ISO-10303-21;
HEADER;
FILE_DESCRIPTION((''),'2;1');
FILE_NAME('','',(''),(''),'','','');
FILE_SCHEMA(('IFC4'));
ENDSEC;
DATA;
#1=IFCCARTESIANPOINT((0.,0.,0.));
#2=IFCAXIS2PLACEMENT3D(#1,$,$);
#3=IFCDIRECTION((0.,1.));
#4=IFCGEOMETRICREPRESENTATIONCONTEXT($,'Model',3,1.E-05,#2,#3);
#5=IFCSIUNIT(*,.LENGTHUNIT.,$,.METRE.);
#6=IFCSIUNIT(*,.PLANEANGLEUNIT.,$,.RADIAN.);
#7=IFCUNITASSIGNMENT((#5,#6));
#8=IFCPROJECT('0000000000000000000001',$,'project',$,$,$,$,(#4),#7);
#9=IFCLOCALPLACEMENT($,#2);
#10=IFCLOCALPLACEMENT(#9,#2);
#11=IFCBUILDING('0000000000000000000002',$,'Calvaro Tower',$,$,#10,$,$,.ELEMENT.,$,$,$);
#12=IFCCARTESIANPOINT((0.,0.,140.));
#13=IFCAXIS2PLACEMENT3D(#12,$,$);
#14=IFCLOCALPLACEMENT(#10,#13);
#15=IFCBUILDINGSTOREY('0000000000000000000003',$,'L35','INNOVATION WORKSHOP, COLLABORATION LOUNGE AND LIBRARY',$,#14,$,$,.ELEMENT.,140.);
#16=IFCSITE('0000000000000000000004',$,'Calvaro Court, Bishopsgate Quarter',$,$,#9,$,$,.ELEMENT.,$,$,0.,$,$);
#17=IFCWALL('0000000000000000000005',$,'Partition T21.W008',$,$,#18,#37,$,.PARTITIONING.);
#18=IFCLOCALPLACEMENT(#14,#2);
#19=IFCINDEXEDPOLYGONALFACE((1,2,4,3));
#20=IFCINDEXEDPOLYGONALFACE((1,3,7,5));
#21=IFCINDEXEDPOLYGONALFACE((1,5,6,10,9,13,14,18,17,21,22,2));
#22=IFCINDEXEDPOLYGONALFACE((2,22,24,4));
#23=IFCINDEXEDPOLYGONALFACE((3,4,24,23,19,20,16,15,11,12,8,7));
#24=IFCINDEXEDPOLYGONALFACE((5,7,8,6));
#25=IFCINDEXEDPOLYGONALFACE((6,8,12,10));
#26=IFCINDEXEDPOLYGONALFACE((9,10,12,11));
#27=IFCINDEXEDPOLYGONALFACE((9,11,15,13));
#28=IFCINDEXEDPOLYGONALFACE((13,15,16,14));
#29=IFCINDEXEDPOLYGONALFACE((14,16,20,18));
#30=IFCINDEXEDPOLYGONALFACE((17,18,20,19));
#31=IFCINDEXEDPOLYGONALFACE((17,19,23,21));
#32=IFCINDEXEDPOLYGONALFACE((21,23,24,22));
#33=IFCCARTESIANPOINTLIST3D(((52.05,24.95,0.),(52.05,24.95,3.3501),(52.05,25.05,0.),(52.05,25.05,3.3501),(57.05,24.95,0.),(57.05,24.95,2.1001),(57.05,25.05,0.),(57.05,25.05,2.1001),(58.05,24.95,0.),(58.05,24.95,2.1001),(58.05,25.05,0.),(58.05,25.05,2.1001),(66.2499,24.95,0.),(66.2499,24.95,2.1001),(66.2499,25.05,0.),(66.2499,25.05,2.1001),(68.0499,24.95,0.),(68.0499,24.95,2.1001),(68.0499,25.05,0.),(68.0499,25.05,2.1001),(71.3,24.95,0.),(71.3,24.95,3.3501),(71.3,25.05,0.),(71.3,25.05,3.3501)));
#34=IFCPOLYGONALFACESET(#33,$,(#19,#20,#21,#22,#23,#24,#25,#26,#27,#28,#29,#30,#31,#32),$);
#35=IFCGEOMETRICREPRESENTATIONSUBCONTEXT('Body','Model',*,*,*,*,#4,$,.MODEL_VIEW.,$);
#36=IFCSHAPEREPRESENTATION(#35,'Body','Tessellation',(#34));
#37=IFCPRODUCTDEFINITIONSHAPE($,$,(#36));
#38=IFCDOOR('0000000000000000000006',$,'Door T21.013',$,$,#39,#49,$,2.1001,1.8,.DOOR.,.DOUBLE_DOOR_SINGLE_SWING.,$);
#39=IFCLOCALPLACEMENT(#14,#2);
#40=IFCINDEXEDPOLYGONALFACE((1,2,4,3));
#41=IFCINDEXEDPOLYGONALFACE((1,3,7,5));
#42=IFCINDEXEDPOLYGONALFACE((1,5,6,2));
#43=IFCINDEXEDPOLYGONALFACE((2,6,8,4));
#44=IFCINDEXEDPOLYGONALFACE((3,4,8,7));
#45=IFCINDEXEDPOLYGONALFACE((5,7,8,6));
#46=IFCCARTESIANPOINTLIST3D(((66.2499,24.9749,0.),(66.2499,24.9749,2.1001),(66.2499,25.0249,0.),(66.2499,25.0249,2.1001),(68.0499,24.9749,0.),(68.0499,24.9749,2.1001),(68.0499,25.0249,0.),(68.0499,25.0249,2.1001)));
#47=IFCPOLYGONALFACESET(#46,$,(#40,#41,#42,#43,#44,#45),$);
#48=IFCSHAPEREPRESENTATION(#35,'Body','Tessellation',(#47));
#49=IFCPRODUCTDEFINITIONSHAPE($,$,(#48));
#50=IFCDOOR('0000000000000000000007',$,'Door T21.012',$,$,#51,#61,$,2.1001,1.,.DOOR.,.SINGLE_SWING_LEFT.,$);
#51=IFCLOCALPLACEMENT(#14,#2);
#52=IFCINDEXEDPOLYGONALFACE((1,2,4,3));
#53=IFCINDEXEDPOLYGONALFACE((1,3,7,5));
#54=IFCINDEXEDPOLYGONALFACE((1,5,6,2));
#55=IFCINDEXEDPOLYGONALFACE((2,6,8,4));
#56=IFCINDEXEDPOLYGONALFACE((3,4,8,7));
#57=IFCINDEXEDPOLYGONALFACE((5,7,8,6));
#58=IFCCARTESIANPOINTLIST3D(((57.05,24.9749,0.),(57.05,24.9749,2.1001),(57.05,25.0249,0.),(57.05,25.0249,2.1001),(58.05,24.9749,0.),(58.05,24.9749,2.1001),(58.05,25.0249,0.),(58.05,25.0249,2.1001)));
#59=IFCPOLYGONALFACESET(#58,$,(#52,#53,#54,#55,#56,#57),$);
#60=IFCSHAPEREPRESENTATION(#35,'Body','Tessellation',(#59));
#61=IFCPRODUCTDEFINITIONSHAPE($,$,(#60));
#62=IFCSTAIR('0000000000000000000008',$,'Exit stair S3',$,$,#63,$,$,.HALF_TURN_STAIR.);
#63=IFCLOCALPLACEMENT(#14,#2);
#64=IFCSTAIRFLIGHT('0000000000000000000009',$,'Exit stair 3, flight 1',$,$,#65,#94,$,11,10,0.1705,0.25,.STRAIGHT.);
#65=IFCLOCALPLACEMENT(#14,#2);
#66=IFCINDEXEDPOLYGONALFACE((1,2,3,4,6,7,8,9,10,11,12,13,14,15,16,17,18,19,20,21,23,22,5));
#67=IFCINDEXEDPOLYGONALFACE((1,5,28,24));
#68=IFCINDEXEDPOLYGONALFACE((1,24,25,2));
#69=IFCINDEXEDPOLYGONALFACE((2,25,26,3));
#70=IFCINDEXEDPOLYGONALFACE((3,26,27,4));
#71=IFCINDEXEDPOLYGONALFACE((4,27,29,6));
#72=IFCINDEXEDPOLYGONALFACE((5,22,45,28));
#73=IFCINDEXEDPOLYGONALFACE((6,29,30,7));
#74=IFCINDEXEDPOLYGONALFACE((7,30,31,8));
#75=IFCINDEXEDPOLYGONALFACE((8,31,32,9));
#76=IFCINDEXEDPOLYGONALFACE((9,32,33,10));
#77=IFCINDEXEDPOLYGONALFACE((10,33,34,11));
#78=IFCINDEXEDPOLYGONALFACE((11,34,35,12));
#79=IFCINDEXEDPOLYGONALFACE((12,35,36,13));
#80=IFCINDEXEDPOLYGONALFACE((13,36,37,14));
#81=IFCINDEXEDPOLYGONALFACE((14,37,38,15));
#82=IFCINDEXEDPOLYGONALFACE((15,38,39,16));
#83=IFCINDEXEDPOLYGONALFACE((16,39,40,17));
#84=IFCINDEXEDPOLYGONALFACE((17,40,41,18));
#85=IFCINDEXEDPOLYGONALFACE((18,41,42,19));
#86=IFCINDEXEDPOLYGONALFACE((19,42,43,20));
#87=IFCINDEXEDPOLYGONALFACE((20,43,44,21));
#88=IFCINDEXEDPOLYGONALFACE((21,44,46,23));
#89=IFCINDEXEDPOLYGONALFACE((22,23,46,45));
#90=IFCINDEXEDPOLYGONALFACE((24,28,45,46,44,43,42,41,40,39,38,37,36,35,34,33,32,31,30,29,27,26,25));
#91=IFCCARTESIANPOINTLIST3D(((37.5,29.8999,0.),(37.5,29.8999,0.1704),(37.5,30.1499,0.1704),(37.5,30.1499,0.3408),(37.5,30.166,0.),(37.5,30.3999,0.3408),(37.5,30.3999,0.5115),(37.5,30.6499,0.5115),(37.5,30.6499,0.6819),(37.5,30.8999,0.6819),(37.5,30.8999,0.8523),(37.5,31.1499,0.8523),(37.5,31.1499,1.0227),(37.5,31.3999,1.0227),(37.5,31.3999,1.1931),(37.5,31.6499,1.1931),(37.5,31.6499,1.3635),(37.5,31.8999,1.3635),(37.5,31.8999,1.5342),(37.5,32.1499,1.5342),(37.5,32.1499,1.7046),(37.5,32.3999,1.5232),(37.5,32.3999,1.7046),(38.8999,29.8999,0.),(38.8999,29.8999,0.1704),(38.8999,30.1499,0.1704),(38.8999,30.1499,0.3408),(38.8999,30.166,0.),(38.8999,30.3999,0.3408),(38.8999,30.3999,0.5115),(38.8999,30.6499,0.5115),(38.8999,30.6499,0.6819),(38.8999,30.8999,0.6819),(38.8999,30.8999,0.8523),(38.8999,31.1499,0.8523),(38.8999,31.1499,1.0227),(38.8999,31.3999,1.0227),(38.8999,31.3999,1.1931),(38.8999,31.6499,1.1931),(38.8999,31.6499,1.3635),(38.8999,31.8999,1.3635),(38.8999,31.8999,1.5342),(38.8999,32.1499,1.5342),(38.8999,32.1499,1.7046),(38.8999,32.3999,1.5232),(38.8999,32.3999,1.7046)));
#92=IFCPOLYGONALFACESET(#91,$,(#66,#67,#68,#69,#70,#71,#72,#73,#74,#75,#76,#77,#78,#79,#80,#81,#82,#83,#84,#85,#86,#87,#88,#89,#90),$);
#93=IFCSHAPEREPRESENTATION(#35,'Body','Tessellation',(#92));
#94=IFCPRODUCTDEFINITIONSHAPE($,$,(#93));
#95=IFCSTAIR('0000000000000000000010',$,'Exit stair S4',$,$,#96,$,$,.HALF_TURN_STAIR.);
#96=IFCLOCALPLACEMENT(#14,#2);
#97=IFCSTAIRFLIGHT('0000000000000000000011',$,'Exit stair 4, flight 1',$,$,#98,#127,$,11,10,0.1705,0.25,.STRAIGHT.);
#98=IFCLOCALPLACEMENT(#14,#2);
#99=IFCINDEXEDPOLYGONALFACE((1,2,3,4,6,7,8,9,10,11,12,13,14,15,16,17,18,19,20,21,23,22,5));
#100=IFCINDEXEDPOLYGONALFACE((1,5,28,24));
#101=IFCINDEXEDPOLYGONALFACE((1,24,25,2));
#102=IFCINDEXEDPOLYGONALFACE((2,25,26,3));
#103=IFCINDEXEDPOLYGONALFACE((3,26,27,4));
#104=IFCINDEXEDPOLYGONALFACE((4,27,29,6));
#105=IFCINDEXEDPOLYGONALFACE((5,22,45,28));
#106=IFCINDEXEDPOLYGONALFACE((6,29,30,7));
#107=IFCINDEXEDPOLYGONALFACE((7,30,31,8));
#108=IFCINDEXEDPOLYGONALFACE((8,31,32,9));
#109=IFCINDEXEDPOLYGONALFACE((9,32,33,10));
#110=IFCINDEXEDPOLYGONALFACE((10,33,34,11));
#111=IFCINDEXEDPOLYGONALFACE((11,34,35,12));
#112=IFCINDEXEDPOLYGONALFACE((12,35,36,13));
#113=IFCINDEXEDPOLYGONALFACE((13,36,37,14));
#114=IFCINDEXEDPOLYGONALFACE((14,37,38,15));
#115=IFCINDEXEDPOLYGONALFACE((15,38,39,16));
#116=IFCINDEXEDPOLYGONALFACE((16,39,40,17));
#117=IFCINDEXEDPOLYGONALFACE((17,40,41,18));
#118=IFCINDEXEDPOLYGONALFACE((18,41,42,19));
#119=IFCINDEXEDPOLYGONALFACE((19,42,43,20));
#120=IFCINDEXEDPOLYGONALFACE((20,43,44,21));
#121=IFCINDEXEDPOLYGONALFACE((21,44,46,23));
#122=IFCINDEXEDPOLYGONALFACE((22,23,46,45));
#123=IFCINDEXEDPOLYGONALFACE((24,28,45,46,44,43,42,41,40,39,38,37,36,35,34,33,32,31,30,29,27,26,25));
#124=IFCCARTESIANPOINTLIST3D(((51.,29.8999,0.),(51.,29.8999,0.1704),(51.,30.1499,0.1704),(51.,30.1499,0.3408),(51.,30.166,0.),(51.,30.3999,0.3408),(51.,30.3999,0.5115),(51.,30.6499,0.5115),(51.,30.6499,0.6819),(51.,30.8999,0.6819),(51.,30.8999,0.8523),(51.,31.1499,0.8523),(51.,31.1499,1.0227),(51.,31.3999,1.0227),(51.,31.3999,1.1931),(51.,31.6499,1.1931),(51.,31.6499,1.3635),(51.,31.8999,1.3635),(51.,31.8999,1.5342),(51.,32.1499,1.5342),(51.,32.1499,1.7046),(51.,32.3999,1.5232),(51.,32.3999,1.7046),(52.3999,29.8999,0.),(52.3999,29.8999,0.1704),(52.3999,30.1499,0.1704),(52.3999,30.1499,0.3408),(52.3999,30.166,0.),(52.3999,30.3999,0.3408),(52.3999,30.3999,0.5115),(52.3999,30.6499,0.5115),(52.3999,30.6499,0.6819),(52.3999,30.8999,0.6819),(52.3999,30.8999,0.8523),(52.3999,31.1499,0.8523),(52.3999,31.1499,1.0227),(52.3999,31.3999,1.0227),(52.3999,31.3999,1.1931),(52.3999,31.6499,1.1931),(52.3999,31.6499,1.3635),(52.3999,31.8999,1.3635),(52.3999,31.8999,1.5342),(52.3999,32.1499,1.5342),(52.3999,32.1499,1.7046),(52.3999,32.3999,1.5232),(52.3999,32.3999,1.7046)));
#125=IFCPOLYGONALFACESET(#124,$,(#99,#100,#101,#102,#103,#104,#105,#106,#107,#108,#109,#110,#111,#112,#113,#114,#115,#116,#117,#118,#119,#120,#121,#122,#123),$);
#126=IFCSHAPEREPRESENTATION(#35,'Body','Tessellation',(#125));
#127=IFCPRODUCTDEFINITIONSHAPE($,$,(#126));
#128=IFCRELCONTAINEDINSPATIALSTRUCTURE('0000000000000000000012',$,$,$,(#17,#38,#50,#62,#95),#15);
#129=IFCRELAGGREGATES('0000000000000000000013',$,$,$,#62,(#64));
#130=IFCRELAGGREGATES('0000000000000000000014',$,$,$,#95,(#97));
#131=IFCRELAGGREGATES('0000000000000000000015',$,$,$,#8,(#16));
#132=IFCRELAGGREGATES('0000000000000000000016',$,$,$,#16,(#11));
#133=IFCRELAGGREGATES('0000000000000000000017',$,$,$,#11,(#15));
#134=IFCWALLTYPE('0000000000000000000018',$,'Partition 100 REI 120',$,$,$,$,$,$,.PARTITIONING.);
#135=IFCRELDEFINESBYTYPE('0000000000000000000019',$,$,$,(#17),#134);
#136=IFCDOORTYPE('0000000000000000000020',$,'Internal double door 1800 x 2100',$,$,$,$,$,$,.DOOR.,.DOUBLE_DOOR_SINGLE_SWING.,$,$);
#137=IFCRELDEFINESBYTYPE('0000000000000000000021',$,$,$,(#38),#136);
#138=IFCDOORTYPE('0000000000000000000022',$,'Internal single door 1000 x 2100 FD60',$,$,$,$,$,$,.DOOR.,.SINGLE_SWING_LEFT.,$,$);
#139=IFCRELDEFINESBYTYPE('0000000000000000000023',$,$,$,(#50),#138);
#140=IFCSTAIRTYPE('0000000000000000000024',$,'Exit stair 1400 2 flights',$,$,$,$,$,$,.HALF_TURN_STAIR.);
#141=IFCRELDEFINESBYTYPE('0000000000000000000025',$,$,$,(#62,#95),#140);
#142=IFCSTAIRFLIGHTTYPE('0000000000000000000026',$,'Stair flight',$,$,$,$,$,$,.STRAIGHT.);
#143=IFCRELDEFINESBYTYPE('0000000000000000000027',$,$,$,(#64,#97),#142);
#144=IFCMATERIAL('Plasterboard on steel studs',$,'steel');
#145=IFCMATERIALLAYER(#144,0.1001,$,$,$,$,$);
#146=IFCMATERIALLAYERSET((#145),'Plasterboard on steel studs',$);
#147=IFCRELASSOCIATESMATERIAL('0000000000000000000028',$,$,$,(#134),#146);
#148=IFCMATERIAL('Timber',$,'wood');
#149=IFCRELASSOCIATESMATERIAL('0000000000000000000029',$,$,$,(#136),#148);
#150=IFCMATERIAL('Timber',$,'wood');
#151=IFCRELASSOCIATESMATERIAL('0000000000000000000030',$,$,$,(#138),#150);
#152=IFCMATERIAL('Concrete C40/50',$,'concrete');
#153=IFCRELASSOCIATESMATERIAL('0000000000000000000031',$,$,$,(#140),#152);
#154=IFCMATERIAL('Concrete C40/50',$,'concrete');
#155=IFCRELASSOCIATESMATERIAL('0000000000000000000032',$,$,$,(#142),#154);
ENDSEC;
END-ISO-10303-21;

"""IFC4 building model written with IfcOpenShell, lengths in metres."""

from ifc_helpers import new_model, si_unit, direction, frame, frame_2d, origin, place, context, subcontext, project, spatial, polyline, rectangle, outline, extrude, material, layer, layer_set, type_object, element, fill, aggregate, save


model = new_model("IFC4")

# Units and contexts
model_context = context("Model", 3, precision=1e-05, world=origin(), true_north=direction((0.0, 1.0)))
body_context = subcontext(model_context, "Body", "Model", "MODEL_VIEW")
ifc_project = project(units=[si_unit("LENGTHUNIT", "METRE"), si_unit("PLANEANGLEUNIT", "RADIAN")], contexts=[model_context])

# Site, building, storey
site_placement = place(None, origin())
site = spatial("IfcSite", under=ifc_project, at=site_placement, Name="Calvaro Court, Bishopsgate Quarter", CompositionType="ELEMENT", RefElevation=0.0)
building_placement = place(site_placement, origin())
building = spatial("IfcBuilding", under=site, at=building_placement, Name="Calvaro Tower", CompositionType="ELEMENT")
storey_placement = place(building_placement, frame((0.0, 0.0, 140.0)))
storey = spatial("IfcBuildingStorey", under=building, at=storey_placement, Name="L35", Description="INNOVATION WORKSHOP, COLLABORATION LOUNGE AND LIBRARY", CompositionType="ELEMENT", Elevation=140.0)

# Wall, openings, doors
ifc_material_1 = material(Name="Plasterboard on steel studs", Category="steel")
ifc_layer_1 = layer(ifc_material_1, 0.1001)
ifc_layer_set_1 = layer_set([ifc_layer_1], Name="Plasterboard on steel studs")
wall_type_1 = type_object("IfcWallType", Name="Partition 100 REI 120", PredefinedType="PARTITIONING", material=ifc_layer_set_1)
wall_1_placement = place(storey_placement, frame((52.05, 25.0, 0.0), z_axis=(0.0, 0.0, 1.0), x_axis=(1.0, 0.0, 0.0)))
wall_1 = element("IfcWall", 1, at=wall_1_placement, inside=storey, type_object=wall_type_1, Name="Partition T21.W008", PredefinedType="PARTITIONING", context=body_context, shape_type="SweptSolid", body=[
    extrude(rectangle(XDim=19.25, YDim=0.1001, at=frame_2d((9.625, 0.0))), origin(), (0.0, 0.0, 1.0), 3.3501),
])
opening_1_placement = place(wall_1_placement, frame((5.0, 0.0, 0.0)))
opening_1 = element("IfcOpeningElement", 2, at=opening_1_placement, cuts=wall_1, PredefinedType="OPENING", context=body_context, shape_type="SweptSolid", body=[
    extrude(rectangle(XDim=1.0, YDim=2.1001, at=frame_2d((0.5, 1.05))), frame((0.0, 0.0601, 0.0), z_axis=(0.0, -1.0, 0.0), x_axis=(1.0, 0.0, 0.0)), (0.0, 0.0, 1.0), 0.1201),
])
opening_2_placement = place(wall_1_placement, frame((14.2, 0.0, 0.0)))
opening_2 = element("IfcOpeningElement", 3, at=opening_2_placement, cuts=wall_1, PredefinedType="OPENING", context=body_context, shape_type="SweptSolid", body=[
    extrude(rectangle(XDim=1.8, YDim=2.1001, at=frame_2d((0.8999, 1.05))), frame((0.0, 0.0601, 0.0), z_axis=(0.0, -1.0, 0.0), x_axis=(1.0, 0.0, 0.0)), (0.0, 0.0, 1.0), 0.1201),
])
ifc_material_2 = material(Name="Timber", Category="wood")
door_type_1 = type_object("IfcDoorType", Name="Internal double door 1800 x 2100", OperationType="DOUBLE_DOOR_SINGLE_SWING", PredefinedType="DOOR", material=ifc_material_2)
door_1_placement = place(opening_2_placement, origin())
door_1 = element("IfcDoor", 4, at=door_1_placement, inside=storey, type_object=door_type_1, Name="Door T21.013", OperationType="DOUBLE_DOOR_SINGLE_SWING", OverallHeight=2.1001, OverallWidth=1.8, PredefinedType="DOOR", context=body_context, shape_type="SweptSolid", body=[
    extrude(rectangle(XDim=1.8, YDim=2.1001, at=frame_2d((0.8999, 1.05))), frame((0.0, 0.0249, 0.0), z_axis=(0.0, -1.0, 0.0), x_axis=(1.0, 0.0, 0.0)), (0.0, 0.0, 1.0), 0.05),
])
fill(opening_2, door_1)
ifc_material_3 = material(Name="Timber", Category="wood")
door_type_2 = type_object("IfcDoorType", Name="Internal single door 1000 x 2100 FD60", OperationType="SINGLE_SWING_LEFT", PredefinedType="DOOR", material=ifc_material_3)
door_2_placement = place(opening_1_placement, origin())
door_2 = element("IfcDoor", 5, at=door_2_placement, inside=storey, type_object=door_type_2, Name="Door T21.012", OperationType="SINGLE_SWING_LEFT", OverallHeight=2.1001, OverallWidth=1.0, PredefinedType="DOOR", context=body_context, shape_type="SweptSolid", body=[
    extrude(rectangle(XDim=1.0, YDim=2.1001, at=frame_2d((0.5, 1.05))), frame((0.0, 0.0249, 0.0), z_axis=(0.0, -1.0, 0.0), x_axis=(1.0, 0.0, 0.0)), (0.0, 0.0, 1.0), 0.05),
])
fill(opening_1, door_2)

# Stairs, stair flights
ifc_material_4 = material(Name="Concrete C40/50", Category="concrete")
stair_type = type_object("IfcStairType", Name="Exit stair 1400 2 flights", PredefinedType="HALF_TURN_STAIR", material=ifc_material_4)
stair_1_placement = place(storey_placement, origin())
stair_1 = element("IfcStair", 6, at=stair_1_placement, inside=storey, type_object=stair_type, Name="Exit stair S3", PredefinedType="HALF_TURN_STAIR")
ifc_material_5 = material(Name="Concrete C40/50", Category="concrete")
stair_flight_type = type_object("IfcStairFlightType", Name="Stair flight", PredefinedType="STRAIGHT", material=ifc_material_5)
stair_flight_1_placement = place(storey_placement, frame((38.2, 29.8999, 0.0), z_axis=(0.0, 0.0, 1.0), x_axis=(0.0, 1.0, 0.0)))
stair_flight_1 = element("IfcStairFlight", 7, at=stair_flight_1_placement, type_object=stair_flight_type, Name="Exit stair 3, flight 1", NumberOfRisers=11, NumberOfTreads=10, PredefinedType="STRAIGHT", RiserHeight=0.1705, TreadLength=0.25, context=body_context, shape_type="SweptSolid", body=[
    extrude(outline(polyline([(0.0, 0.0), (0.0, 0.1704), (0.25, 0.1704), (0.25, 0.3408), (0.5, 0.3408), (0.5, 0.5115), (0.75, 0.5115), (0.75, 0.6819), (1.0, 0.6819), (1.0, 0.8523), (1.25, 0.8523), (1.25, 1.0227), (1.5, 1.0227), (1.5, 1.1931), (1.75, 1.1931), (1.75, 1.3635), (2.0, 1.3635), (2.0, 1.5342), (2.25, 1.5342), (2.25, 1.7046), (2.5, 1.7046), (2.5, 1.875), (2.5, 1.5232), (0.2661, 0.0), (0.0, 0.0)])), frame((0.0, 0.7, 0.0), z_axis=(0.0, -1.0, 0.0), x_axis=(1.0, 0.0, 0.0)), (0.0, 0.0, 1.0), 1.3999),
])
stair_2_placement = place(storey_placement, origin())
stair_2 = element("IfcStair", 8, at=stair_2_placement, inside=storey, type_object=stair_type, Name="Exit stair S4", PredefinedType="HALF_TURN_STAIR")
stair_flight_2_placement = place(storey_placement, frame((51.7, 29.8999, 0.0), z_axis=(0.0, 0.0, 1.0), x_axis=(0.0, 1.0, 0.0)))
stair_flight_2 = element("IfcStairFlight", 9, at=stair_flight_2_placement, type_object=stair_flight_type, Name="Exit stair 4, flight 1", NumberOfRisers=11, NumberOfTreads=10, PredefinedType="STRAIGHT", RiserHeight=0.1705, TreadLength=0.25, context=body_context, shape_type="SweptSolid", body=[
    extrude(outline(polyline([(0.0, 0.0), (0.0, 0.1704), (0.25, 0.1704), (0.25, 0.3408), (0.5, 0.3408), (0.5, 0.5115), (0.75, 0.5115), (0.75, 0.6819), (1.0, 0.6819), (1.0, 0.8523), (1.25, 0.8523), (1.25, 1.0227), (1.5, 1.0227), (1.5, 1.1931), (1.75, 1.1931), (1.75, 1.3635), (2.0, 1.3635), (2.0, 1.5342), (2.25, 1.5342), (2.25, 1.7046), (2.5, 1.7046), (2.5, 1.875), (2.5, 1.5232), (0.2661, 0.0), (0.0, 0.0)])), frame((0.0, 0.7, 0.0), z_axis=(0.0, -1.0, 0.0), x_axis=(1.0, 0.0, 0.0)), (0.0, 0.0, 1.0), 1.3999),
])

aggregate(stair_1, [stair_flight_1])
aggregate(stair_2, [stair_flight_2])

save(model, "model.ifc")
